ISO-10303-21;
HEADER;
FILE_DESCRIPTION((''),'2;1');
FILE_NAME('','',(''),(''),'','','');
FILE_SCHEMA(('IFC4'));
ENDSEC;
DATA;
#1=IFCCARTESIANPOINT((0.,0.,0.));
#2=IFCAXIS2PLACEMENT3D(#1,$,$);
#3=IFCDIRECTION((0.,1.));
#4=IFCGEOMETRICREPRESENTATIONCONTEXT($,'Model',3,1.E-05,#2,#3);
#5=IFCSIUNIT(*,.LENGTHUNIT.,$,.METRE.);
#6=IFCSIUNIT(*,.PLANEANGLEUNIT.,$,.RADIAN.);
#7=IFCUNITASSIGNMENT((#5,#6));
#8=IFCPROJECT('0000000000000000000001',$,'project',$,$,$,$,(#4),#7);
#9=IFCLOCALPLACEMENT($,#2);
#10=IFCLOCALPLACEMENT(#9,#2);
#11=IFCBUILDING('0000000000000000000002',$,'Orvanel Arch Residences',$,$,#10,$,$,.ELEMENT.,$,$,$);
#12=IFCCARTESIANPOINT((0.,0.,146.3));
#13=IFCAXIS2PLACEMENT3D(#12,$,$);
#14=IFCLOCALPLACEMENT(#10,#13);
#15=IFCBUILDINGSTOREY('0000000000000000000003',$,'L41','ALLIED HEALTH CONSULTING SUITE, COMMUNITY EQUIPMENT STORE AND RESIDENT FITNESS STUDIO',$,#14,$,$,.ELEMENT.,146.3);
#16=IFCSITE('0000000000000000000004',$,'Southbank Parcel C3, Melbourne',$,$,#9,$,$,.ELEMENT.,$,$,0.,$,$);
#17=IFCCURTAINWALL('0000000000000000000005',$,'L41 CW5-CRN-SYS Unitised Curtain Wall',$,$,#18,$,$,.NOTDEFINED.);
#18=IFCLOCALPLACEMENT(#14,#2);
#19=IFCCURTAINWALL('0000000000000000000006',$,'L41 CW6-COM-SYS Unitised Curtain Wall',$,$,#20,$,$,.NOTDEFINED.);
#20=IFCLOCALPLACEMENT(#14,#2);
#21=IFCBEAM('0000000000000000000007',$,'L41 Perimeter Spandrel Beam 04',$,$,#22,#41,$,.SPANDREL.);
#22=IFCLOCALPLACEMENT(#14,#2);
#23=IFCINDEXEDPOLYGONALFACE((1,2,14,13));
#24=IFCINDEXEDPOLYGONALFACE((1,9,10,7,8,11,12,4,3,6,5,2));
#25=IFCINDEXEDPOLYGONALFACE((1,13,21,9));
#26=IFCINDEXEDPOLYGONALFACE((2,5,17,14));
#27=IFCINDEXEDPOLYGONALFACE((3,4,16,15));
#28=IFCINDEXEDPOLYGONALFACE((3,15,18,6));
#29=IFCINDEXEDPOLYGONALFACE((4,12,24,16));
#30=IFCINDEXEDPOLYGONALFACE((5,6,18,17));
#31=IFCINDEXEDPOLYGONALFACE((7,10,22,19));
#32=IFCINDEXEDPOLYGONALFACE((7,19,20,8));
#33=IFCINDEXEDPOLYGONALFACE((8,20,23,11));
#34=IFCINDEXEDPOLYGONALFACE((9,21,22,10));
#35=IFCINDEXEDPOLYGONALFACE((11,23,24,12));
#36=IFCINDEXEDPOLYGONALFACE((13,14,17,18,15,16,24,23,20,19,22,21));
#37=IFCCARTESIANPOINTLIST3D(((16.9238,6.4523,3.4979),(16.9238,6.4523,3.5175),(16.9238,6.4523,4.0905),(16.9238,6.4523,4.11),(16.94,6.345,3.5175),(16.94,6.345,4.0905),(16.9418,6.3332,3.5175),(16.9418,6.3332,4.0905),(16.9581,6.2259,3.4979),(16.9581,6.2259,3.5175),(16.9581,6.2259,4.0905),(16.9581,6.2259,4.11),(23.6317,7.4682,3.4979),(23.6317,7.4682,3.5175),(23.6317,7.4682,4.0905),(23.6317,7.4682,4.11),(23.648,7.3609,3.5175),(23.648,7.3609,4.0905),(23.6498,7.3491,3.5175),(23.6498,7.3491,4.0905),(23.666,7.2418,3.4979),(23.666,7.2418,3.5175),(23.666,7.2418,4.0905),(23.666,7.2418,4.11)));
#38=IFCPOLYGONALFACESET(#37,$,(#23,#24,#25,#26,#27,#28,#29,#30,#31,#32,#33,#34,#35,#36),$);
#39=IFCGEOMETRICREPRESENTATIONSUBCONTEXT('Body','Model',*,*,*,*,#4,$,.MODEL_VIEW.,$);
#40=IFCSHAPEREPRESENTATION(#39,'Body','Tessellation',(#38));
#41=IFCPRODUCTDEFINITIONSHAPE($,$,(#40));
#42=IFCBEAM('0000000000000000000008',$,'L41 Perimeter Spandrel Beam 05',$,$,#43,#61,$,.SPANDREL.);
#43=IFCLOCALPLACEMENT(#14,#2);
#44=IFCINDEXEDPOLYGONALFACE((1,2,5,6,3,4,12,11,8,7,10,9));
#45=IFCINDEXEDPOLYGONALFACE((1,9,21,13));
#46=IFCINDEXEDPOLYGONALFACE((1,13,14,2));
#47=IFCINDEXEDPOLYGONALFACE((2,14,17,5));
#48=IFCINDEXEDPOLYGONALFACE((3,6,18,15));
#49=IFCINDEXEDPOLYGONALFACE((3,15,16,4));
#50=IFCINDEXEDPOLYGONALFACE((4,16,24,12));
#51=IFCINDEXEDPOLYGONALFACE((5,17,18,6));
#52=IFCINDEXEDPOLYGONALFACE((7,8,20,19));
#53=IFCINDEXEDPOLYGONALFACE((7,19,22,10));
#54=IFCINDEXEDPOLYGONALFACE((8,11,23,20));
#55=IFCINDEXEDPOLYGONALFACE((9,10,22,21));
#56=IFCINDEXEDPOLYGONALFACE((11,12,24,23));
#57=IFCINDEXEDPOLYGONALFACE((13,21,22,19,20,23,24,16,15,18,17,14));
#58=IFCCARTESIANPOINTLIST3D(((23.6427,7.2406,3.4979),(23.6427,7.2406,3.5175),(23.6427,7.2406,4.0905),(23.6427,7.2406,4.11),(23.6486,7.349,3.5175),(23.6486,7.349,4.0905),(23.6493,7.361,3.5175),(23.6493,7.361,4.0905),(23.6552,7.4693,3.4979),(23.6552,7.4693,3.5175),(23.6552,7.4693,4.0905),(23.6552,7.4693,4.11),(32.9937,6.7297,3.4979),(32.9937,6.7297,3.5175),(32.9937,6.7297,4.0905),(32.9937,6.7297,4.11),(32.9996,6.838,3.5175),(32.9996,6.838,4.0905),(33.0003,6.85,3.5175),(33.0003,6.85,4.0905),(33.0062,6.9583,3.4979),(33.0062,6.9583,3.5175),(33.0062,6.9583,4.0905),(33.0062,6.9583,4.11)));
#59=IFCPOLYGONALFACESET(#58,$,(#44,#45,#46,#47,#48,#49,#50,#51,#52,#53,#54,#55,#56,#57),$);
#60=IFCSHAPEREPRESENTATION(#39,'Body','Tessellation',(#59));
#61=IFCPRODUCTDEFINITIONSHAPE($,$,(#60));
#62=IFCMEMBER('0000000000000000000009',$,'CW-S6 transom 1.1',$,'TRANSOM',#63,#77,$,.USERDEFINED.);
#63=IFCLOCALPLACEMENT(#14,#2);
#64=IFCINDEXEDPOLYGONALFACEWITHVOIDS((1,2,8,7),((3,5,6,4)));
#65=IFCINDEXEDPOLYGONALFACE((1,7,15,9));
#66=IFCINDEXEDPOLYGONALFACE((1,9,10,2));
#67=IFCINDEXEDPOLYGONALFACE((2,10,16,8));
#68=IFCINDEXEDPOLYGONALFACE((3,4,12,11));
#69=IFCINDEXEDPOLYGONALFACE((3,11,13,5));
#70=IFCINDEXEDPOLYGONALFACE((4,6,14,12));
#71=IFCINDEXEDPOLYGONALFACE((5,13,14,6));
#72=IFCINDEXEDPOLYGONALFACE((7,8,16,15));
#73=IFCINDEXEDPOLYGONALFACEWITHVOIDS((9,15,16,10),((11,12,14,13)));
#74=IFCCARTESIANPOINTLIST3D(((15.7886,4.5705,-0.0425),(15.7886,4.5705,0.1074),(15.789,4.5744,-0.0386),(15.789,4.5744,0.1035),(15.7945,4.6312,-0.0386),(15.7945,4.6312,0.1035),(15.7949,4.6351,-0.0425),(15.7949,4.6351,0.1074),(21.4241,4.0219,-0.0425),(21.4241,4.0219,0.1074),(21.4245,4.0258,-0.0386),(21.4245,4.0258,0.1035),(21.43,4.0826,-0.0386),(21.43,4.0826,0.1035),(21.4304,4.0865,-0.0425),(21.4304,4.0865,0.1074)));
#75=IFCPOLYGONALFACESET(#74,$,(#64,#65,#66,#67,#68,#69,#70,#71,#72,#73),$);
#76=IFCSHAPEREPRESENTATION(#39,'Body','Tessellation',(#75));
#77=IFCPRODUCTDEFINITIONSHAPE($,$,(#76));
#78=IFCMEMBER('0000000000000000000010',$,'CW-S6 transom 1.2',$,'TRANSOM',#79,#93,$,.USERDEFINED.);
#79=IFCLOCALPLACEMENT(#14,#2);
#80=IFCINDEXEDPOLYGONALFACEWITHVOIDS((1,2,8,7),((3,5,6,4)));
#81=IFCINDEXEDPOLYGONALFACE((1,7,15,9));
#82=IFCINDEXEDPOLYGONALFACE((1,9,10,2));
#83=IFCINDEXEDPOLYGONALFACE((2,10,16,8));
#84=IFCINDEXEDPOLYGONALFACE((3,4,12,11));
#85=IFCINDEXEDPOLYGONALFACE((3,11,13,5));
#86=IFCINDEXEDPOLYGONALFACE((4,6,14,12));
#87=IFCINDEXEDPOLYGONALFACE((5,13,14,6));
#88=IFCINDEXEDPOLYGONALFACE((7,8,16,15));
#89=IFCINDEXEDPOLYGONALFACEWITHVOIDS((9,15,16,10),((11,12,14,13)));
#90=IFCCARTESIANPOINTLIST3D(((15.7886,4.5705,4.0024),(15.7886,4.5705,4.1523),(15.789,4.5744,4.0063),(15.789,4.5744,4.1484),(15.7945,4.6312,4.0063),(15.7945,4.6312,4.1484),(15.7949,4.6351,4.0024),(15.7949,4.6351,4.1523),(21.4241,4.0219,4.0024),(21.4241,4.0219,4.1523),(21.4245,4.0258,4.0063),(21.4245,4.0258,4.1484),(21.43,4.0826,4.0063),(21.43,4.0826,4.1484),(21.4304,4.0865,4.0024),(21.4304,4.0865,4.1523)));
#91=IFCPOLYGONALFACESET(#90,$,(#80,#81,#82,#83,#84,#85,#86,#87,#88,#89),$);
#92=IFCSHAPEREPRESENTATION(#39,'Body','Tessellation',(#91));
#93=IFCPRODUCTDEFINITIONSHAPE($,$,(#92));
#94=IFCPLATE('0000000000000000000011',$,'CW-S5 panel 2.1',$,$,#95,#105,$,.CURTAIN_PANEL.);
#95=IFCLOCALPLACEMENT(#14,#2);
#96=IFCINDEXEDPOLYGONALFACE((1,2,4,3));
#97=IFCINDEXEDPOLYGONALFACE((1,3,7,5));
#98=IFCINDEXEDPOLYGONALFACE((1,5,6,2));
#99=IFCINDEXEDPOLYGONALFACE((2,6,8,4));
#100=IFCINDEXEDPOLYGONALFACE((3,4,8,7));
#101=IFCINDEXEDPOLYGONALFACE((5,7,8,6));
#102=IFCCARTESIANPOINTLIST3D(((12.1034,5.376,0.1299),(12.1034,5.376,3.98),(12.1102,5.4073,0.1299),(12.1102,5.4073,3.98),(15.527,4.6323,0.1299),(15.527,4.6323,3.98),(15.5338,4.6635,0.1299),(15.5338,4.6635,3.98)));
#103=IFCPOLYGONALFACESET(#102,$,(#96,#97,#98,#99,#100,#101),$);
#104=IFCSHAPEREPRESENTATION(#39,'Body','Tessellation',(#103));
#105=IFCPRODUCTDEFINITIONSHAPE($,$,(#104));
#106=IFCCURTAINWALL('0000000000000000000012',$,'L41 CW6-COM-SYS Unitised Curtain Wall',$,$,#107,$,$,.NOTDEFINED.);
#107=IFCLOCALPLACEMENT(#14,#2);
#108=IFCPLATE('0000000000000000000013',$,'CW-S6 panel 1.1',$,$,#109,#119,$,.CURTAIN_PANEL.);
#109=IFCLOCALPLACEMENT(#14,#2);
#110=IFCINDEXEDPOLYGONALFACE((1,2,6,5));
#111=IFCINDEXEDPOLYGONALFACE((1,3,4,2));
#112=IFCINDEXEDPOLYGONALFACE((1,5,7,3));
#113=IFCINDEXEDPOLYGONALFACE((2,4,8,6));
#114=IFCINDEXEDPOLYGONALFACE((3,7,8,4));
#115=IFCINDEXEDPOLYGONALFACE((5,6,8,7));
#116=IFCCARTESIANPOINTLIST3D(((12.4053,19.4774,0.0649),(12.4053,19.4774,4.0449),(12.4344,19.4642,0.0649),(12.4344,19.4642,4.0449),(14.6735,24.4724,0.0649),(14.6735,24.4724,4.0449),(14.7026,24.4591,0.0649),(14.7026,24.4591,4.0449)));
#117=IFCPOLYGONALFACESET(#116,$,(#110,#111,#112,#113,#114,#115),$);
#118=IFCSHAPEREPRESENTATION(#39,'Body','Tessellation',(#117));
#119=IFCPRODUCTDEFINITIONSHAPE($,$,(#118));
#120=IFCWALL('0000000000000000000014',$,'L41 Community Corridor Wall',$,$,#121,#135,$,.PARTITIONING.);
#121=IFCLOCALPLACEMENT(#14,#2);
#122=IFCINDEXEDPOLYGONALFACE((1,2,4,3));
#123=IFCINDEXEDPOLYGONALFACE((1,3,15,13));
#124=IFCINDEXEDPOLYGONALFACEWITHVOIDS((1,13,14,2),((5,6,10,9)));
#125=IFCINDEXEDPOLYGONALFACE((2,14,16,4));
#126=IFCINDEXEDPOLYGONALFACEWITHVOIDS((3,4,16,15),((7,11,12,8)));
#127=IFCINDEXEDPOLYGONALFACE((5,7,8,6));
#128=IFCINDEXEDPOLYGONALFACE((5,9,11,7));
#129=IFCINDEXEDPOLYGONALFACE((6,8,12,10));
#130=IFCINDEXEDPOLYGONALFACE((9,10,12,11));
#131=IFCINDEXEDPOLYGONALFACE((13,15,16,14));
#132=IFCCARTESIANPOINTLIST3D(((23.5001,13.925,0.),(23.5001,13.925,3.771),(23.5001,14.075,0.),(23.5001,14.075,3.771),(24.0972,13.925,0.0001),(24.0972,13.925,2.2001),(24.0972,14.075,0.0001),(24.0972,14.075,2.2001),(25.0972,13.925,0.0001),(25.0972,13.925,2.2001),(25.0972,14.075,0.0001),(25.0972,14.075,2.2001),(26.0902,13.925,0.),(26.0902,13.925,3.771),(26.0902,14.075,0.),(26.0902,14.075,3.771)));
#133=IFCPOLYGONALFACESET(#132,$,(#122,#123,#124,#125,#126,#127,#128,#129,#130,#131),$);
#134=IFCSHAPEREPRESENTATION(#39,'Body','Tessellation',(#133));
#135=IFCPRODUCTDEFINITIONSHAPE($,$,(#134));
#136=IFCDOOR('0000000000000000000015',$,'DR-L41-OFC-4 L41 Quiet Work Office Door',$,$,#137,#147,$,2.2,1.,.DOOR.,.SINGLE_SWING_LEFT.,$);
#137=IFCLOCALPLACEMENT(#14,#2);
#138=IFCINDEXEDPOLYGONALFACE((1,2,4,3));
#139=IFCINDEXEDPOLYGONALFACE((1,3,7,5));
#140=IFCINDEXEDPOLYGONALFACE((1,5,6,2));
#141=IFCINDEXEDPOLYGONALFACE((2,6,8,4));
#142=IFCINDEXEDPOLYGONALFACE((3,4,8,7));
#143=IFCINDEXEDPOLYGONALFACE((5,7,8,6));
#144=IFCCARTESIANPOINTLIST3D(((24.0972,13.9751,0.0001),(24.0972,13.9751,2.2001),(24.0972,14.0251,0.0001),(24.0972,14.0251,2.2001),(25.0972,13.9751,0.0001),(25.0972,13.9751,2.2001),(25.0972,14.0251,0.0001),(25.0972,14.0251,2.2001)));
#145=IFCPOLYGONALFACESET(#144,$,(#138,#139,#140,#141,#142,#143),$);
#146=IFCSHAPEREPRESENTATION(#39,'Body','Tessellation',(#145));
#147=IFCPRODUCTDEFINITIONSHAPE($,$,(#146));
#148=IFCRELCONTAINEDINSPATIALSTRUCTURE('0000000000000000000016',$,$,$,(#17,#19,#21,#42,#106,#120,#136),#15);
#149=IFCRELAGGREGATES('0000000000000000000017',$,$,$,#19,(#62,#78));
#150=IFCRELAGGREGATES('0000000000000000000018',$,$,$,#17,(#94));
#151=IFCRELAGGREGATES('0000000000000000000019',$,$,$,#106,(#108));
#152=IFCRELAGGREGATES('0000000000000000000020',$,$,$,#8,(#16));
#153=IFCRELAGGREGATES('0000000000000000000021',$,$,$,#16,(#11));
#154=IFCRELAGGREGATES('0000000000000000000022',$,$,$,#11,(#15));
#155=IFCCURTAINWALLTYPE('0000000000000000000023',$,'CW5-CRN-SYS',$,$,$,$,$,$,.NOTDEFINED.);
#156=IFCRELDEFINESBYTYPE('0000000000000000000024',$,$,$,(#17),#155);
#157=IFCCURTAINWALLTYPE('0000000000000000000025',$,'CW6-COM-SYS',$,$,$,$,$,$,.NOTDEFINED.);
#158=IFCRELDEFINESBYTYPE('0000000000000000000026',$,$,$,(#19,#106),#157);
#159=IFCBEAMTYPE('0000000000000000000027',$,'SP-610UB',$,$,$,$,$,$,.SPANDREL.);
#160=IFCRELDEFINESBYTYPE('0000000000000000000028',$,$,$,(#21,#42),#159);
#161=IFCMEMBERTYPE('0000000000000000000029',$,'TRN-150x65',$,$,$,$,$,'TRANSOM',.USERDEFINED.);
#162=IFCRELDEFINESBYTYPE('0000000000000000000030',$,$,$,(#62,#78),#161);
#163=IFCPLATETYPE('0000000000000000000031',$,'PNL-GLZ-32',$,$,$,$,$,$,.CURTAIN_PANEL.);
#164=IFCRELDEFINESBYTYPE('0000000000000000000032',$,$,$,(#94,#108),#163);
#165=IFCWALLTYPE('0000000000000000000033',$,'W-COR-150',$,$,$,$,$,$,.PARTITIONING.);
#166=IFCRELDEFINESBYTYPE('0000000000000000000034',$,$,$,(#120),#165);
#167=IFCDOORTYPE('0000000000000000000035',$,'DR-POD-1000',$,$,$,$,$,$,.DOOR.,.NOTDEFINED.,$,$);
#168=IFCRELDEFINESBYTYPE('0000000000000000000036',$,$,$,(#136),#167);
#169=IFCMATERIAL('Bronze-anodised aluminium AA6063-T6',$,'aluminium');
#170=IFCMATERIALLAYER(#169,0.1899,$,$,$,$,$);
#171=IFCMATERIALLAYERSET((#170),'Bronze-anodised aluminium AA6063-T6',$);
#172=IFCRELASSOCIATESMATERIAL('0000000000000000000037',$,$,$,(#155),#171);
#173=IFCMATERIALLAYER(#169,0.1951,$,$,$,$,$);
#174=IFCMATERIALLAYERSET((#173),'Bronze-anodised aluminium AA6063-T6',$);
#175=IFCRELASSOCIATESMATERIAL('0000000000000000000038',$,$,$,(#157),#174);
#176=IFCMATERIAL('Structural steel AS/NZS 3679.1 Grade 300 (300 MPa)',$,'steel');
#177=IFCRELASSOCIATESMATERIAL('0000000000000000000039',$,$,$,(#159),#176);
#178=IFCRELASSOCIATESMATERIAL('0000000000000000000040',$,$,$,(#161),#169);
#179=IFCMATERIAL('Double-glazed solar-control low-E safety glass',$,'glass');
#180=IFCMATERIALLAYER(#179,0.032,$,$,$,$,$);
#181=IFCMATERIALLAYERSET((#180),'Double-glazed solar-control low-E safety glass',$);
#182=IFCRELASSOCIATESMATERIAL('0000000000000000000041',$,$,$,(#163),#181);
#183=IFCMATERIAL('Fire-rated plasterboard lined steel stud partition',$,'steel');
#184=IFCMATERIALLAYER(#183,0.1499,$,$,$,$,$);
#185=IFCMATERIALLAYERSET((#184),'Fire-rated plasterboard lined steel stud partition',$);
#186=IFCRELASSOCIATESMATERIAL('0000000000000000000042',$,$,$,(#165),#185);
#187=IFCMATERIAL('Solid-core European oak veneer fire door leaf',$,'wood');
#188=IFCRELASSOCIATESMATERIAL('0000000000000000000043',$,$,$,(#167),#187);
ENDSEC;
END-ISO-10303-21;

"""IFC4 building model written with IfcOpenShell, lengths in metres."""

from ifc_helpers import new_model, si_unit, direction, frame, frame_2d, origin, origin_2d, place, context, subcontext, project, spatial, rectangle, hollow_rectangle, i_section, extrude, material, layer, layer_set, material_profile, profile_set, type_object, element, fill, aggregate, save


model = new_model("IFC4")

# Units and contexts
model_context = context("Model", 3, precision=1e-05, world=origin(), true_north=direction((0.0, 1.0)))
body_context = subcontext(model_context, "Body", "Model", "MODEL_VIEW")
ifc_project = project(units=[si_unit("LENGTHUNIT", "METRE"), si_unit("PLANEANGLEUNIT", "RADIAN")], contexts=[model_context])

# Site, building, storey
site_placement = place(None, origin())
site = spatial("IfcSite", under=ifc_project, at=site_placement, Name="Southbank Parcel C3, Melbourne", CompositionType="ELEMENT", RefElevation=0.0)
building_placement = place(site_placement, origin())
building = spatial("IfcBuilding", under=site, at=building_placement, Name="Orvanel Arch Residences", CompositionType="ELEMENT")
storey_placement = place(building_placement, frame((0.0, 0.0, 146.3)))
storey = spatial("IfcBuildingStorey", under=building, at=storey_placement, Name="L41", Description="ALLIED HEALTH CONSULTING SUITE, COMMUNITY EQUIPMENT STORE AND RESIDENT FITNESS STUDIO", CompositionType="ELEMENT", Elevation=146.3)

# Curtain walls
ifc_material_1 = material(Name="Bronze-anodised aluminium AA6063-T6", Category="aluminium")
ifc_layer_1 = layer(ifc_material_1, 0.1899)
ifc_layer_set_1 = layer_set([ifc_layer_1], Name="Bronze-anodised aluminium AA6063-T6")
curtain_wall_type_1 = type_object("IfcCurtainWallType", Name="CW5-CRN-SYS", PredefinedType="NOTDEFINED", material=ifc_layer_set_1)
curtain_wall_1_placement = place(storey_placement, origin())
curtain_wall_1 = element("IfcCurtainWall", 1, at=curtain_wall_1_placement, inside=storey, type_object=curtain_wall_type_1, Name="L41 CW5-CRN-SYS Unitised Curtain Wall", PredefinedType="NOTDEFINED")
ifc_layer_2 = layer(ifc_material_1, 0.1951)
ifc_layer_set_2 = layer_set([ifc_layer_2], Name="Bronze-anodised aluminium AA6063-T6")
curtain_wall_type_2 = type_object("IfcCurtainWallType", Name="CW6-COM-SYS", PredefinedType="NOTDEFINED", material=ifc_layer_set_2)
curtain_wall_2_placement = place(storey_placement, origin())
curtain_wall_2 = element("IfcCurtainWall", 2, at=curtain_wall_2_placement, inside=storey, type_object=curtain_wall_type_2, Name="L41 CW6-COM-SYS Unitised Curtain Wall", PredefinedType="NOTDEFINED")

# Beams
ifc_material_2 = material(Name="Structural steel AS/NZS 3679.1 Grade 300 (300 MPa)", Category="steel")
ifc_material_profile_1 = material_profile(ifc_material_2, i_section(OverallWidth=0.229, OverallDepth=0.6121, WebThickness=0.012, FlangeThickness=0.0195, at=origin_2d()), Name="610UB125")
ifc_profile_set_1 = profile_set([ifc_material_profile_1], Name="Structural steel AS/NZS 3679.1 Grade 300 (300 MPa)")
beam_type_1 = type_object("IfcBeamType", Name="SP-610UB", PredefinedType="SPANDREL", material=ifc_profile_set_1)
beam_1_placement = place(storey_placement, frame((16.9409, 6.3391, 3.804), z_axis=(0.988726, 0.149734, 0.0), x_axis=(-0.149734, 0.988726, 0.0)))
element("IfcBeam", 3, at=beam_1_placement, inside=storey, type_object=beam_type_1, Name="L41 Perimeter Spandrel Beam 04", PredefinedType="SPANDREL", context=body_context, shape_type="SweptSolid", body=[
    extrude(i_section(OverallWidth=0.229, OverallDepth=0.6121, WebThickness=0.012, FlangeThickness=0.0195, at=origin_2d()), origin(), (0.0, 0.0, 1.0), 6.7844),
])
beam_2_placement = place(storey_placement, frame((23.6489, 7.355, 3.804), z_axis=(0.99851, -0.054563, 0.0), x_axis=(0.054563, 0.99851, 0.0)))
element("IfcBeam", 4, at=beam_2_placement, inside=storey, type_object=beam_type_1, Name="L41 Perimeter Spandrel Beam 05", PredefinedType="SPANDREL", context=body_context, shape_type="SweptSolid", body=[
    extrude(i_section(OverallWidth=0.229, OverallDepth=0.6121, WebThickness=0.012, FlangeThickness=0.0195, at=origin_2d()), origin(), (0.0, 0.0, 1.0), 9.365),
])

# Members
ifc_material_profile_2 = material_profile(ifc_material_1, hollow_rectangle(XDim=0.0649, YDim=0.1499, WallThickness=0.0039, at=origin_2d()), Name="ALU150x65x4")
ifc_profile_set_2 = profile_set([ifc_material_profile_2], Name="Bronze-anodised aluminium AA6063-T6")
member_type_1 = type_object("IfcMemberType", Name="TRN-150x65", ElementType="TRANSOM", PredefinedType="USERDEFINED", material=ifc_profile_set_2)
member_1_placement = place(storey_placement, frame((15.7917, 4.6028, 0.0325), z_axis=(0.995295, -0.096886, 0.0), x_axis=(0.096886, 0.995295, 0.0)))
member_1 = element("IfcMember", 5, at=member_1_placement, type_object=member_type_1, Name="CW-S6 transom 1.1", ObjectType="TRANSOM", PredefinedType="USERDEFINED", context=body_context, shape_type="SweptSolid", body=[
    extrude(hollow_rectangle(XDim=0.0649, YDim=0.1499, WallThickness=0.0039, at=origin_2d()), origin(), (0.0, 0.0, 1.0), 5.6621),
])
member_2_placement = place(storey_placement, frame((15.7917, 4.6028, 4.0774), z_axis=(0.995295, -0.096886, 0.0), x_axis=(0.096886, 0.995295, 0.0)))
member_2 = element("IfcMember", 6, at=member_2_placement, type_object=member_type_1, Name="CW-S6 transom 1.2", ObjectType="TRANSOM", PredefinedType="USERDEFINED", context=body_context, shape_type="SweptSolid", body=[
    extrude(hollow_rectangle(XDim=0.0649, YDim=0.1499, WallThickness=0.0039, at=origin_2d()), origin(), (0.0, 0.0, 1.0), 5.6621),
])
aggregate(curtain_wall_2, [member_1, member_2])

# Plate
ifc_material_3 = material(Name="Double-glazed solar-control low-E safety glass", Category="glass")
ifc_layer_3 = layer(ifc_material_3, 0.032)
ifc_layer_set_3 = layer_set([ifc_layer_3], Name="Double-glazed solar-control low-E safety glass")
plate_type = type_object("IfcPlateType", Name="PNL-GLZ-32", PredefinedType="CURTAIN_PANEL", material=ifc_layer_set_3)
plate_1_placement = place(storey_placement, frame((13.8186, 5.0198, 0.1299), z_axis=(0.0, 0.0, 1.0), x_axis=(0.977208, -0.212285, 0.0)))
plate_1 = element("IfcPlate", 7, at=plate_1_placement, type_object=plate_type, Name="CW-S5 panel 2.1", PredefinedType="CURTAIN_PANEL", context=body_context, shape_type="SweptSolid", body=[
    extrude(rectangle(XDim=3.5034, YDim=0.032, at=origin_2d()), origin(), (0.0, 0.0, 1.0), 3.8501),
])
aggregate(curtain_wall_1, [plate_1])

# Curtain wall, plate
curtain_wall_3_placement = place(storey_placement, origin())
curtain_wall_3 = element("IfcCurtainWall", 8, at=curtain_wall_3_placement, inside=storey, type_object=curtain_wall_type_2, Name="L41 CW6-COM-SYS Unitised Curtain Wall", PredefinedType="NOTDEFINED")
plate_2_placement = place(storey_placement, frame((13.554, 21.9683, 0.0649), z_axis=(0.0, 0.0, 1.0), x_axis=(-0.413462, -0.910521, 0.0)))
plate_2 = element("IfcPlate", 9, at=plate_2_placement, type_object=plate_type, Name="CW-S6 panel 1.1", PredefinedType="CURTAIN_PANEL", context=body_context, shape_type="SweptSolid", body=[
    extrude(rectangle(XDim=5.4858, YDim=0.032, at=origin_2d()), origin(), (0.0, 0.0, 1.0), 3.98),
])
aggregate(curtain_wall_3, [plate_2])

# Wall, opening, door
ifc_material_4 = material(Name="Fire-rated plasterboard lined steel stud partition", Category="steel")
ifc_layer_4 = layer(ifc_material_4, 0.1499)
ifc_layer_set_4 = layer_set([ifc_layer_4], Name="Fire-rated plasterboard lined steel stud partition")
wall_type_1 = type_object("IfcWallType", Name="W-COR-150", PredefinedType="PARTITIONING", material=ifc_layer_set_4)
wall_1_placement = place(storey_placement, frame((26.0901, 14.0, 0.0), z_axis=(0.0, 0.0, 1.0), x_axis=(-1.0, 0.0, 0.0)))
wall_1 = element("IfcWall", 10, at=wall_1_placement, inside=storey, type_object=wall_type_1, Name="L41 Community Corridor Wall", PredefinedType="PARTITIONING", context=body_context, shape_type="SweptSolid", body=[
    extrude(rectangle(XDim=2.5901, YDim=0.1499, at=frame_2d((1.2949, 0.0))), origin(), (0.0, 0.0, 1.0), 3.771),
])
opening_1_placement = place(wall_1_placement, frame((0.9929, 0.0, 0.0)))
opening_1 = element("IfcOpeningElement", 11, at=opening_1_placement, cuts=wall_1, PredefinedType="OPENING", context=body_context, shape_type="SweptSolid", body=[
    extrude(rectangle(XDim=1.0, YDim=2.2, at=frame_2d((0.5, 1.1001))), frame((0.0, 0.085, 0.0), z_axis=(0.0, -1.0, 0.0), x_axis=(1.0, 0.0, 0.0)), (0.0, 0.0, 1.0), 0.1699),
])
ifc_material_5 = material(Name="Solid-core European oak veneer fire door leaf", Category="wood")
door_type_1 = type_object("IfcDoorType", Name="DR-POD-1000", OperationType="NOTDEFINED", PredefinedType="DOOR", material=ifc_material_5)
door_1_placement = place(opening_1_placement, origin())
door_1 = element("IfcDoor", 12, at=door_1_placement, inside=storey, type_object=door_type_1, Name="DR-L41-OFC-4 L41 Quiet Work Office Door", OperationType="SINGLE_SWING_LEFT", OverallHeight=2.2, OverallWidth=1.0, PredefinedType="DOOR", context=body_context, shape_type="SweptSolid", body=[
    extrude(rectangle(XDim=1.0, YDim=2.2, at=frame_2d((0.5, 1.1001))), frame((0.0, 0.0249, 0.0), z_axis=(0.0, -1.0, 0.0), x_axis=(1.0, 0.0, 0.0)), (0.0, 0.0, 1.0), 0.05),
])
fill(opening_1, door_1)

save(model, "model.ifc")
